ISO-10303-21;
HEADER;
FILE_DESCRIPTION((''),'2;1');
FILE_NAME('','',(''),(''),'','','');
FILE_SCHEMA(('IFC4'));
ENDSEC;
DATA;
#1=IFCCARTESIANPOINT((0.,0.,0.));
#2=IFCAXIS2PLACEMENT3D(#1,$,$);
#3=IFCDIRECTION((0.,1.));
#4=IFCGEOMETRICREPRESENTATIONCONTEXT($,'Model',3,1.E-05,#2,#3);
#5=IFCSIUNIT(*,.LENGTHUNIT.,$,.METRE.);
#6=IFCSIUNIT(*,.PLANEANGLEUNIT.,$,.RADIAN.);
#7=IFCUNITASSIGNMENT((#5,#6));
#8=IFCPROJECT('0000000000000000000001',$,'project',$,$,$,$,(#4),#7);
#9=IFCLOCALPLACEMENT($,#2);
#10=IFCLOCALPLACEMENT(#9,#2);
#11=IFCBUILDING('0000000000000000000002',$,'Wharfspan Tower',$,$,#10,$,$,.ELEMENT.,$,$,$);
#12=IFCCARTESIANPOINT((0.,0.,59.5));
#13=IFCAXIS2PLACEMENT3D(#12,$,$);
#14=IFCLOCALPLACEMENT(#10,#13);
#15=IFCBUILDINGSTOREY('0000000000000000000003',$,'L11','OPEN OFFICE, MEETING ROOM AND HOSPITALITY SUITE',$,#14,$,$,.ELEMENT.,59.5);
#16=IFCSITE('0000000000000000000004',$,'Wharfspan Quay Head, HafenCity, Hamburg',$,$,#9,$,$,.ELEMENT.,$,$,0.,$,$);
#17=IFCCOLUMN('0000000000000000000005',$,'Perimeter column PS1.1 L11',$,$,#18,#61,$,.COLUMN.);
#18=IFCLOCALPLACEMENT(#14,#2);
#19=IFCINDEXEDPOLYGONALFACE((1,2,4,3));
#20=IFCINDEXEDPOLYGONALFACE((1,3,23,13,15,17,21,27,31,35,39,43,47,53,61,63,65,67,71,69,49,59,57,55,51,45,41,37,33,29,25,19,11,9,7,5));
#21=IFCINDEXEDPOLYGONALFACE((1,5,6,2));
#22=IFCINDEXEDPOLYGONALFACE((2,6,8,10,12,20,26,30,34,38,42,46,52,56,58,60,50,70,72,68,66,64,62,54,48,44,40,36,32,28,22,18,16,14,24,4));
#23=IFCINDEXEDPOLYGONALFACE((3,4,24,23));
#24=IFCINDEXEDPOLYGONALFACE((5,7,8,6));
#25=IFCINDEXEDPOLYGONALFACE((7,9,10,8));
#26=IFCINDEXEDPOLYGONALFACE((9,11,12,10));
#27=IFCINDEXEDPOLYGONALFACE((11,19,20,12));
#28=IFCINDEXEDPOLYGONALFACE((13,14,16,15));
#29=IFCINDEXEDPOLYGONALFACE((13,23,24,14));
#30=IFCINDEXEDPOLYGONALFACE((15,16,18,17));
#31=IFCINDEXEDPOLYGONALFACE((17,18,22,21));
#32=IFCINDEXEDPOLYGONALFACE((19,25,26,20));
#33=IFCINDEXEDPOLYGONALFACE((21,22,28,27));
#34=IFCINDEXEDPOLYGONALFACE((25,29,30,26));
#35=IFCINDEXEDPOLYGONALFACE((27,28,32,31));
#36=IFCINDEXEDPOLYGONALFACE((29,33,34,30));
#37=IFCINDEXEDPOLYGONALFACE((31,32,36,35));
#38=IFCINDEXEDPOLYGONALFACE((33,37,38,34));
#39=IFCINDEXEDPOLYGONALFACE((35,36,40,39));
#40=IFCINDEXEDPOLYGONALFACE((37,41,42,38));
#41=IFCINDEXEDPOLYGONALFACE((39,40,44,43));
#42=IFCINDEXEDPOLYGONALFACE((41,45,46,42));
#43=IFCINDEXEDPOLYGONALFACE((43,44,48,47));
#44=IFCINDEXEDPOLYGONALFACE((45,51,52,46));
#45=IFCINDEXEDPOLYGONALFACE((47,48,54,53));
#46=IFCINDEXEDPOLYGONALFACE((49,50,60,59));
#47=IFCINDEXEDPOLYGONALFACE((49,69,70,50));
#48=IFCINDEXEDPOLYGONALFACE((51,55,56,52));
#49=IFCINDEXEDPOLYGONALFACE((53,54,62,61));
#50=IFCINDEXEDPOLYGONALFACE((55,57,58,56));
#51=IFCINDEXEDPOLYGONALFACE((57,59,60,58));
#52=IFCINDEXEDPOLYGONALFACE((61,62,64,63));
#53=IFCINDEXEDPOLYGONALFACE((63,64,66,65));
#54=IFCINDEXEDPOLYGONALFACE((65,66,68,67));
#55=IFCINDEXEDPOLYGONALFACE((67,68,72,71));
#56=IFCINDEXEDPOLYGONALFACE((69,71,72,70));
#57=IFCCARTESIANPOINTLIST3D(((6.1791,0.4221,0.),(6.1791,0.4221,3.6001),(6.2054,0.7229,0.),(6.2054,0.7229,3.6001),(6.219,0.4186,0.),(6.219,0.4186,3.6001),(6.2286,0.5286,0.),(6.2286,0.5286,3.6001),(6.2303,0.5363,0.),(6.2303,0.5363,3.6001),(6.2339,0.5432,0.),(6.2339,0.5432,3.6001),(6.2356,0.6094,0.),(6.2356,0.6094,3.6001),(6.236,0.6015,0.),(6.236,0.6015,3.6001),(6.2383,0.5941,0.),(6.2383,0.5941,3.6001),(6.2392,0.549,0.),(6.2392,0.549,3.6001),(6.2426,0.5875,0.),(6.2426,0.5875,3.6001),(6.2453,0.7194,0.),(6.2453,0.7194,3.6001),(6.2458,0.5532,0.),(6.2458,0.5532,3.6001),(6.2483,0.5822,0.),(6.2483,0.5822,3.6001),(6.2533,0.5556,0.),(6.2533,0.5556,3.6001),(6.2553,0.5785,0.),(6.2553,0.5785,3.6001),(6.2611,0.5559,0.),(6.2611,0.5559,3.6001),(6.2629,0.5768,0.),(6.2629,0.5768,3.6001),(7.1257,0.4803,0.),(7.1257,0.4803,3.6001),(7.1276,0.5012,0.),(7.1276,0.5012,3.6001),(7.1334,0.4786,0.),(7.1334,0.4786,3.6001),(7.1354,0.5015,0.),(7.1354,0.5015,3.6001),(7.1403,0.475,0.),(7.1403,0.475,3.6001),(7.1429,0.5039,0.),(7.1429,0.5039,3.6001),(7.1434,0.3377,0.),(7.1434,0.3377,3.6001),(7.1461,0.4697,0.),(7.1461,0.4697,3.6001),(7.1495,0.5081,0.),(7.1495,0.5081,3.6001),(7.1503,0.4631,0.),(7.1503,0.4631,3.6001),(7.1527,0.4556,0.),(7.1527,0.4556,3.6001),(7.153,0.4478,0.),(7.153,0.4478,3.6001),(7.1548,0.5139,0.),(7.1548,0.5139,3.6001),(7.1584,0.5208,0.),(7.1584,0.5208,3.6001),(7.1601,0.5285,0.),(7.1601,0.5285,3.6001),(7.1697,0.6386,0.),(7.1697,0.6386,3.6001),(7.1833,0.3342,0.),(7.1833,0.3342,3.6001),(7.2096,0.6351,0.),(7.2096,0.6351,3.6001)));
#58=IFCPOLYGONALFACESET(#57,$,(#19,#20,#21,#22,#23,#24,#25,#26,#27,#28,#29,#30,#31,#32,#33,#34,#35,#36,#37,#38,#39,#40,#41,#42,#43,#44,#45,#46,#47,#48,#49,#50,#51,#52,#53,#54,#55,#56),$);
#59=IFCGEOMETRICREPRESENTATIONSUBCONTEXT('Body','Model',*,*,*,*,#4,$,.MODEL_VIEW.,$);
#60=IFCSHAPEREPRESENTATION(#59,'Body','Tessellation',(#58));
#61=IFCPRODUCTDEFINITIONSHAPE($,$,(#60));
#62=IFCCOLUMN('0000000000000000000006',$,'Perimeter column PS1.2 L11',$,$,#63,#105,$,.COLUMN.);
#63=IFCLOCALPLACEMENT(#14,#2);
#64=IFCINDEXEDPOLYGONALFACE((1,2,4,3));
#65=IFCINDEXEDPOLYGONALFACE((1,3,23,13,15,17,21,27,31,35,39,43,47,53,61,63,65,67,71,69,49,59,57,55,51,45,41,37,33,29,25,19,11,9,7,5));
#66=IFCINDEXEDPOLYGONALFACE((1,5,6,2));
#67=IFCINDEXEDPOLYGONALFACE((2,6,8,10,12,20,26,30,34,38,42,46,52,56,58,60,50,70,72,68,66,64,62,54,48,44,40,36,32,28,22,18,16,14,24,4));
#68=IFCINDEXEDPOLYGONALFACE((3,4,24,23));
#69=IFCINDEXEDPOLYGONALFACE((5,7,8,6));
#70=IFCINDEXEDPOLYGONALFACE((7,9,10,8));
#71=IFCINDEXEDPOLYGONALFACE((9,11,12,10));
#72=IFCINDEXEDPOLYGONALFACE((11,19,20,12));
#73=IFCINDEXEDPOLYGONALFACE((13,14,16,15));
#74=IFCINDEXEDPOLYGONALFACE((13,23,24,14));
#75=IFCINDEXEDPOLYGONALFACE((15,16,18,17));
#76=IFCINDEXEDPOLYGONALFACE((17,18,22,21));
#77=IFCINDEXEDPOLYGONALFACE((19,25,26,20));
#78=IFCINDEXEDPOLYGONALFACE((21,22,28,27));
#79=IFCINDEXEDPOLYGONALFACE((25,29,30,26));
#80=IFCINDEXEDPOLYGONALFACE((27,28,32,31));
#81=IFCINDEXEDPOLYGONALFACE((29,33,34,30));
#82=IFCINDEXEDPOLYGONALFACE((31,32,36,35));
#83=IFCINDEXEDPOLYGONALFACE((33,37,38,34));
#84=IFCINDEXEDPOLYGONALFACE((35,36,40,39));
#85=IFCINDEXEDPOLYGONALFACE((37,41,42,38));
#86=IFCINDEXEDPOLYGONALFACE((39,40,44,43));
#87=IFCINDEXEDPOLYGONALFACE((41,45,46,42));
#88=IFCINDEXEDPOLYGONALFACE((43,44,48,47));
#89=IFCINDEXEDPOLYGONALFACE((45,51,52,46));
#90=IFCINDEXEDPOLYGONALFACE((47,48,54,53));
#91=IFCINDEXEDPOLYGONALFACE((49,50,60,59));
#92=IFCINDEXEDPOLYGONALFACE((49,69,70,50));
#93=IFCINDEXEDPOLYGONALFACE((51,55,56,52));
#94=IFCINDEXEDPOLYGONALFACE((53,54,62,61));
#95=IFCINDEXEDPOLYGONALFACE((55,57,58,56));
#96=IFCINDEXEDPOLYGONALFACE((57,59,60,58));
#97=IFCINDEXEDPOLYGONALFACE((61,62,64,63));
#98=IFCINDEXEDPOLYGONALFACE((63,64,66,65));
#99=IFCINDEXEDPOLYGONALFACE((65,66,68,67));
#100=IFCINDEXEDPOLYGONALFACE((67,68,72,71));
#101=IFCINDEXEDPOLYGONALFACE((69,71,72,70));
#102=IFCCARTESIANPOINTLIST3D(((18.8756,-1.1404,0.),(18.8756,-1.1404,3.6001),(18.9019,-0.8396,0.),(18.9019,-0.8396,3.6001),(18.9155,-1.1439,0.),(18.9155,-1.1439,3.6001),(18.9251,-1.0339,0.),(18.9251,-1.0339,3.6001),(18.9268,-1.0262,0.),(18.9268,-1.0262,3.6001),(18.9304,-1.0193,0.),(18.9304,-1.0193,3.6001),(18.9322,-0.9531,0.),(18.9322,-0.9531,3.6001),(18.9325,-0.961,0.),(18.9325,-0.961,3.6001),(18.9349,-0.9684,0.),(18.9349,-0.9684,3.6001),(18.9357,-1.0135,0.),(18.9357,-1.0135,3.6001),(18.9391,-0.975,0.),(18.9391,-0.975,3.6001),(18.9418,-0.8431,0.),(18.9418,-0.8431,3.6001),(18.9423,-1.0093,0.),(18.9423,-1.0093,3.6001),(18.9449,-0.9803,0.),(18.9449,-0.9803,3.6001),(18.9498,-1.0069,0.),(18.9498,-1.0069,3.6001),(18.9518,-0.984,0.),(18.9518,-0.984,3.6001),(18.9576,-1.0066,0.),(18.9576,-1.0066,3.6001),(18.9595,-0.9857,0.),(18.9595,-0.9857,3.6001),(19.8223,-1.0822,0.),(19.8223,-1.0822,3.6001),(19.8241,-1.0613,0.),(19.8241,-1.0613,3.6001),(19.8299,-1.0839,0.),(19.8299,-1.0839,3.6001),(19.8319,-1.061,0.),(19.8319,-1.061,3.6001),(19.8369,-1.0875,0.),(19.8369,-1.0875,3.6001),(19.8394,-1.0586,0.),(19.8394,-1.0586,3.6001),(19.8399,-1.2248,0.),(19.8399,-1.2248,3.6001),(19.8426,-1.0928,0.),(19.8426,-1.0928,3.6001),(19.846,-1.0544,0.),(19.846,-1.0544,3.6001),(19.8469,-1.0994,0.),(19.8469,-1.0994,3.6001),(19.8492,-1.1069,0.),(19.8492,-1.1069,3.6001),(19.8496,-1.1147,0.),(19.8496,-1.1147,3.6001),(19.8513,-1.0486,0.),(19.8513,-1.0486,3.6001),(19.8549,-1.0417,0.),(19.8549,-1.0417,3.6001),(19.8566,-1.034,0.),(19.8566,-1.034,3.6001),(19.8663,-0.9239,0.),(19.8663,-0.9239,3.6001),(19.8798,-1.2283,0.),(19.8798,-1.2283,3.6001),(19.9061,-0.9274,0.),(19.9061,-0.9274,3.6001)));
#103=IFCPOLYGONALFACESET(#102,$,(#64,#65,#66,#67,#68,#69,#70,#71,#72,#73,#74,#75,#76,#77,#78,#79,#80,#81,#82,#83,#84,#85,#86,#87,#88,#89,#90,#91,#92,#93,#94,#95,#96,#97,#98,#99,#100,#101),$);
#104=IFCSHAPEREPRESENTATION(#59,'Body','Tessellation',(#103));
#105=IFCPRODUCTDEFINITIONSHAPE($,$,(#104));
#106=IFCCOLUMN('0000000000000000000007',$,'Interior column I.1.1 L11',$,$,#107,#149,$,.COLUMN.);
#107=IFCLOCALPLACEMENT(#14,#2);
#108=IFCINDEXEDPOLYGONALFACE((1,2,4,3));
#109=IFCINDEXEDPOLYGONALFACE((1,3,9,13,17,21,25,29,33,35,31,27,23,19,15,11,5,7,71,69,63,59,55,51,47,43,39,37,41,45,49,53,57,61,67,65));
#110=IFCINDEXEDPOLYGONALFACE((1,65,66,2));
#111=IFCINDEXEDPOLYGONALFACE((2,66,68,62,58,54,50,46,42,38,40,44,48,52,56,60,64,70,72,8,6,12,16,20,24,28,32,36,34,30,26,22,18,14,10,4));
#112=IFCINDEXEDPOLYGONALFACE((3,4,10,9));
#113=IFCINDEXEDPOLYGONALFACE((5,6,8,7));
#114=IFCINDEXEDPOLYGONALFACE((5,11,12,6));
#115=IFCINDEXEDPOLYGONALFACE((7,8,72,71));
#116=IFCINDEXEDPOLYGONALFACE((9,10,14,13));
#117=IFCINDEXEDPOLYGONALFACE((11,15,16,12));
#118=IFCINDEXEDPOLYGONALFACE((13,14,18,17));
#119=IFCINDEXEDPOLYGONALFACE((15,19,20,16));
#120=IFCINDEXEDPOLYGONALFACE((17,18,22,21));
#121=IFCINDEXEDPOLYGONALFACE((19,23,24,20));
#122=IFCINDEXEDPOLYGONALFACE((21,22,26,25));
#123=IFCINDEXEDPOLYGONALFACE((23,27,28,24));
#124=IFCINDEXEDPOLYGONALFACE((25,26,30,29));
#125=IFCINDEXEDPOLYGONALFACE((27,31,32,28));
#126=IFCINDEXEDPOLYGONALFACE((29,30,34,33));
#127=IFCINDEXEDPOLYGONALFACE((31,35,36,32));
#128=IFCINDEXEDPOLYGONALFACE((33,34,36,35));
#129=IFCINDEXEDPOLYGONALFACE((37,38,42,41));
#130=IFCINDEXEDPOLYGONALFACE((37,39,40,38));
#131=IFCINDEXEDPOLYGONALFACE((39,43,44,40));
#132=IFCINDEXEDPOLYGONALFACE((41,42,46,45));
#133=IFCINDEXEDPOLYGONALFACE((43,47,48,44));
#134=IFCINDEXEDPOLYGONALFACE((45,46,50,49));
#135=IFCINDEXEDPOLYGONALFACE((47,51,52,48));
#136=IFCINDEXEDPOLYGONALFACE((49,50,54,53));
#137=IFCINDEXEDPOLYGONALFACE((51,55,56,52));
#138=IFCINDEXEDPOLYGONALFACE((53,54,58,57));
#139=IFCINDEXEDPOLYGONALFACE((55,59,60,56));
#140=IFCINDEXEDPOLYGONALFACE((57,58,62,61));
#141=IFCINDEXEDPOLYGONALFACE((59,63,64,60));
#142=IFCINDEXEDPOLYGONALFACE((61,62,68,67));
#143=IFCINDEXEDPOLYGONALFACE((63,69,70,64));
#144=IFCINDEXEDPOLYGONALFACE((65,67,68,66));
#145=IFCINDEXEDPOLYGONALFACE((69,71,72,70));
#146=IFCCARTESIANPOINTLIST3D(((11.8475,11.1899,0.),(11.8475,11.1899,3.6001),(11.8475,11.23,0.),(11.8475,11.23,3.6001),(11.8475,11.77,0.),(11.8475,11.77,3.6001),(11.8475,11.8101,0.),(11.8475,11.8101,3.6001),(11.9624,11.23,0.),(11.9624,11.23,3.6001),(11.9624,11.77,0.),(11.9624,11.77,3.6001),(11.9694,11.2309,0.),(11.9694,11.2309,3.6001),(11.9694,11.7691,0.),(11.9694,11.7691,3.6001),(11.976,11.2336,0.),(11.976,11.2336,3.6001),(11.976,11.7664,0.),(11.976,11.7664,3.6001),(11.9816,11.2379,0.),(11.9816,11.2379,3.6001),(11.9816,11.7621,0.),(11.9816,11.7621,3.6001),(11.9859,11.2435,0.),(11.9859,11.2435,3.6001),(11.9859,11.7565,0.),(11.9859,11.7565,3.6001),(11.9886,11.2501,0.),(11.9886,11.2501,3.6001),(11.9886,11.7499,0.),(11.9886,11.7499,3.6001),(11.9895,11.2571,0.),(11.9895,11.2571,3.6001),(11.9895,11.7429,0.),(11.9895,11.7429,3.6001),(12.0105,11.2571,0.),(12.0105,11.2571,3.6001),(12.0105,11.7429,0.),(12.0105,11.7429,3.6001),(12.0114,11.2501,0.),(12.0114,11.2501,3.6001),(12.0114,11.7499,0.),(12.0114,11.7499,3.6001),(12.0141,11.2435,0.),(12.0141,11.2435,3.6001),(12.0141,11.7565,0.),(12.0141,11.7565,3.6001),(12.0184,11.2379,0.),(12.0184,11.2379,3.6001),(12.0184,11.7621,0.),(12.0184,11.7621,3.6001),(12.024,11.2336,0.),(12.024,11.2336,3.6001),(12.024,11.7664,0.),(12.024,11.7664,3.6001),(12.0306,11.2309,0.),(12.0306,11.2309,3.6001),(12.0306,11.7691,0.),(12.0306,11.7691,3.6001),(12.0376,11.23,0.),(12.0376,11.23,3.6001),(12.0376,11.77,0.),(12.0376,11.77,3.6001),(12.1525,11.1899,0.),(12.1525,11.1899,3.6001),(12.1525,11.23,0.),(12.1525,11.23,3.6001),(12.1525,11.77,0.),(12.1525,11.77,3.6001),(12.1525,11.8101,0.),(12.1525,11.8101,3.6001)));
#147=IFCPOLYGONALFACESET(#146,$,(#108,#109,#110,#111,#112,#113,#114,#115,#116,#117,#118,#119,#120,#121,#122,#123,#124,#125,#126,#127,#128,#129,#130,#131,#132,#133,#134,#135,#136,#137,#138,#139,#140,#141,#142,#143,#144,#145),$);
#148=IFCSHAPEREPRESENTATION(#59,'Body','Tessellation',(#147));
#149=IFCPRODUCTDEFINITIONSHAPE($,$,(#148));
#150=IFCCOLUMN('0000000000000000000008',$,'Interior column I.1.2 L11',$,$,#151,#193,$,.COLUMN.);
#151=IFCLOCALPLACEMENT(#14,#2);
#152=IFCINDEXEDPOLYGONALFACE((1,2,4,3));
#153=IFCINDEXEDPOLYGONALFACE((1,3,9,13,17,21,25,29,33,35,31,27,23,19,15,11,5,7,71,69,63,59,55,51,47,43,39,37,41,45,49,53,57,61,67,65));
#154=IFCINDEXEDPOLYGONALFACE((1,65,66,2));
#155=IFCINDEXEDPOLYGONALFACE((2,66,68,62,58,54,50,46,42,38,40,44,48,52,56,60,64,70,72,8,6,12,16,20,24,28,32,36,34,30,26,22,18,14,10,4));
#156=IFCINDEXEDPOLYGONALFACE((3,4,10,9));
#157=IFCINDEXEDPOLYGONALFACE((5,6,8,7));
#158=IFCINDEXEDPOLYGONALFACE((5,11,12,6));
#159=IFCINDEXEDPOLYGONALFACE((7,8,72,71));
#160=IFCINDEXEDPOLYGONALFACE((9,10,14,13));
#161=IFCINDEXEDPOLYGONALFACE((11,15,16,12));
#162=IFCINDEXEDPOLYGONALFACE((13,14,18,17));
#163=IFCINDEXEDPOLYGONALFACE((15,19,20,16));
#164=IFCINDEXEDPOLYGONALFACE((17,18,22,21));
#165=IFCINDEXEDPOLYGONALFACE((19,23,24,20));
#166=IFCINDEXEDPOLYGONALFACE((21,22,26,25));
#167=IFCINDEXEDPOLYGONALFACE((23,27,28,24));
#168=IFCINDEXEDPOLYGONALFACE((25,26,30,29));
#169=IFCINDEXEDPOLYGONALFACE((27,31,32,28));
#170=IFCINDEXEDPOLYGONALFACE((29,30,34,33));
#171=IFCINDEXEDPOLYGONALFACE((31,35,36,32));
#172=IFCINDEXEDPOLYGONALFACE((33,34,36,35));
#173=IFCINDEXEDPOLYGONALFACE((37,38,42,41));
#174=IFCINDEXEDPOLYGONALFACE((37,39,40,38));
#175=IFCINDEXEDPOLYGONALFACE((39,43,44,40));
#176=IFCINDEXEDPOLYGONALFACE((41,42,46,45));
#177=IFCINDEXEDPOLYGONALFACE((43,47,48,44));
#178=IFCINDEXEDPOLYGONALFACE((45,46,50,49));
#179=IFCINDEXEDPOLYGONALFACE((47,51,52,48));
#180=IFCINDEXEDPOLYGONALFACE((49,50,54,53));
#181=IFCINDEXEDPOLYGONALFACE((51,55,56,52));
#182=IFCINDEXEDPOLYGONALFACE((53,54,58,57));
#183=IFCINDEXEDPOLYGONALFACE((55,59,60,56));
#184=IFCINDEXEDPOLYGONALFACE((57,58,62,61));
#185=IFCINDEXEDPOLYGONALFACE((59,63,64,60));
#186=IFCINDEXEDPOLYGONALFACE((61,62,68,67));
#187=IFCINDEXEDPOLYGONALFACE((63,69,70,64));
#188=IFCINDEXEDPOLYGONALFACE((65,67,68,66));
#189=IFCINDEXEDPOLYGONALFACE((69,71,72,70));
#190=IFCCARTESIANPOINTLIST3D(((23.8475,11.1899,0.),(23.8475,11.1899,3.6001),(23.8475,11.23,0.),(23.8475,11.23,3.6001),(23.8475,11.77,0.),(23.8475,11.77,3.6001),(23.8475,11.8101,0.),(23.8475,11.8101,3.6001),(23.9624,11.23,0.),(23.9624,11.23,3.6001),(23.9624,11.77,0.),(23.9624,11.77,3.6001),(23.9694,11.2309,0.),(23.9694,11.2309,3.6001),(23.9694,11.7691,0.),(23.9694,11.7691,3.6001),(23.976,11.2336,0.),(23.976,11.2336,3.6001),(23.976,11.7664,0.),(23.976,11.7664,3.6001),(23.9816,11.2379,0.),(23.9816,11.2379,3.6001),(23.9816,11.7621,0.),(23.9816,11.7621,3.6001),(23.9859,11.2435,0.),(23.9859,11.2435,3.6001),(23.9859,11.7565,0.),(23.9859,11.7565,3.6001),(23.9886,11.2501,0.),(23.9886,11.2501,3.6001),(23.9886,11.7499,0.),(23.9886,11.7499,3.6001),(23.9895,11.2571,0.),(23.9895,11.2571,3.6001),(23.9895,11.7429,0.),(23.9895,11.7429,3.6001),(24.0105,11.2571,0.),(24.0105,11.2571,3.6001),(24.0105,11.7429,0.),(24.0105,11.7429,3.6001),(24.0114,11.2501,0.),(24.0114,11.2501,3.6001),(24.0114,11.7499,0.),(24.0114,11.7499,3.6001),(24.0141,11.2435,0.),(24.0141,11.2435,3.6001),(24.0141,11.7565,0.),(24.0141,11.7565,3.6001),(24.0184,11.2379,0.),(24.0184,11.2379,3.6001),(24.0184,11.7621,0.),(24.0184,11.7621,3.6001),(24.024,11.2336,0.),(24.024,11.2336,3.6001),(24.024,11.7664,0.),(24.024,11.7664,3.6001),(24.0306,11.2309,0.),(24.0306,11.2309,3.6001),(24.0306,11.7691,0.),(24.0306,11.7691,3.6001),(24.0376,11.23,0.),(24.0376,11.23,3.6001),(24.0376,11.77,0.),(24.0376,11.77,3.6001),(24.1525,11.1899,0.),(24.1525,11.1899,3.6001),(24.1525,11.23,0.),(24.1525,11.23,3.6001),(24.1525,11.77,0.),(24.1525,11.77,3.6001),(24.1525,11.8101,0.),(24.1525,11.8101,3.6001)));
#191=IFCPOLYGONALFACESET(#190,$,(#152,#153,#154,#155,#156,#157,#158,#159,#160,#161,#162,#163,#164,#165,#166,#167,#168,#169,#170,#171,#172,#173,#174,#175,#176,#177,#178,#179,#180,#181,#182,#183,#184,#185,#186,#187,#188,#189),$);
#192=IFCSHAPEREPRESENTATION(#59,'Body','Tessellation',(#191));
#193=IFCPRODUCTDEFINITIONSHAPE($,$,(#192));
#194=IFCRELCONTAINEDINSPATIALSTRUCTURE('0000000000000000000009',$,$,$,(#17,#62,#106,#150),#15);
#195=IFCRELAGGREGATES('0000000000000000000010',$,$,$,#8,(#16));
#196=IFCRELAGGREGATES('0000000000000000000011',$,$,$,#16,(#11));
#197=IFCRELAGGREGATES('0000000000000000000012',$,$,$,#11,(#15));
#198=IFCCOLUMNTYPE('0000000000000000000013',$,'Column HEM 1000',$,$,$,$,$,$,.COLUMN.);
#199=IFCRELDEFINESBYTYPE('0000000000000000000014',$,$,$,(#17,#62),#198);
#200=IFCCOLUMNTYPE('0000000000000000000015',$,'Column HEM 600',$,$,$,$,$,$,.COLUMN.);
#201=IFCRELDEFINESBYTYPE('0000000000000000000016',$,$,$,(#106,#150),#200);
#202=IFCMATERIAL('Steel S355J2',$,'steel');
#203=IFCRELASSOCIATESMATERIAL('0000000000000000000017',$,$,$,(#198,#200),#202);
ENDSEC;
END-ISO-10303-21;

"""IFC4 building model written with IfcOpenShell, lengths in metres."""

from ifc_helpers import new_model, si_unit, direction, frame, origin, origin_2d, place, context, subcontext, project, spatial, i_section, extrude, material, material_profile, profile_set, type_object, element, save


model = new_model("IFC4")

# Units and contexts
model_context = context("Model", 3, precision=1e-05, world=origin(), true_north=direction((0.0, 1.0)))
body_context = subcontext(model_context, "Body", "Model", "MODEL_VIEW")
ifc_project = project(units=[si_unit("LENGTHUNIT", "METRE"), si_unit("PLANEANGLEUNIT", "RADIAN")], contexts=[model_context])

# Site, building, storey
site_placement = place(None, origin())
site = spatial("IfcSite", under=ifc_project, at=site_placement, Name="Wharfspan Quay Head, HafenCity, Hamburg", CompositionType="ELEMENT", RefElevation=0.0)
building_placement = place(site_placement, origin())
building = spatial("IfcBuilding", under=site, at=building_placement, Name="Wharfspan Tower", CompositionType="ELEMENT")
storey_placement = place(building_placement, frame((0.0, 0.0, 59.5)))
storey = spatial("IfcBuildingStorey", under=building, at=storey_placement, Name="L11", Description="OPEN OFFICE, MEETING ROOM AND HOSPITALITY SUITE", CompositionType="ELEMENT", Elevation=59.5)

# Columns
ifc_material_1 = material(Name="Steel S355J2", Category="steel")
ifc_material_profile_1 = material_profile(ifc_material_1, i_section(OverallWidth=0.302, OverallDepth=1.0081, WebThickness=0.021, FlangeThickness=0.04, FilletRadius=0.03, at=origin_2d()))
ifc_profile_set_1 = profile_set([ifc_material_profile_1], Name="Steel S355J2")
column_type_1 = type_object("IfcColumnType", Name="Column HEM 1000", PredefinedType="COLUMN", material=ifc_profile_set_1)
for number, where, z_axis, x_axis, name in (
    (1, (6.6943, 0.5286, 0.0), (0.0, 0.0, 1.0), (-0.087156, -0.996198, 0.0), "Perimeter column PS1.1 L11"),
    (2, (19.3909, -1.0339, 0.0), (0.0, 0.0, 1.0), (-0.087156, -0.996198, 0.0), "Perimeter column PS1.2 L11"),
):
    element("IfcColumn", number, at=place(storey_placement, frame(where, z_axis=z_axis, x_axis=x_axis)), inside=storey, type_object=column_type_1, Name=name, PredefinedType="COLUMN", context=body_context, shape_type="SweptSolid", body=[
        extrude(i_section(OverallWidth=0.302, OverallDepth=1.0081, WebThickness=0.021, FlangeThickness=0.04, FilletRadius=0.03, at=origin_2d()), origin(), (0.0, 0.0, 1.0), 3.6001),
    ])
ifc_material_profile_2 = material_profile(ifc_material_1, i_section(OverallWidth=0.3049, OverallDepth=0.6201, WebThickness=0.021, FlangeThickness=0.04, FilletRadius=0.0271, at=origin_2d()))
ifc_profile_set_2 = profile_set([ifc_material_profile_2], Name="Steel S355J2")
column_type_2 = type_object("IfcColumnType", Name="Column HEM 600", PredefinedType="COLUMN", material=ifc_profile_set_2)
for number, where, z_axis, x_axis, name in (
    (3, (12.0, 11.5, 0.0), (0.0, 0.0, 1.0), (1.0, 0.0, 0.0), "Interior column I.1.1 L11"),
    (4, (24.0, 11.5, 0.0), (0.0, 0.0, 1.0), (1.0, 0.0, 0.0), "Interior column I.1.2 L11"),
):
    element("IfcColumn", number, at=place(storey_placement, frame(where, z_axis=z_axis, x_axis=x_axis)), inside=storey, type_object=column_type_2, Name=name, PredefinedType="COLUMN", context=body_context, shape_type="SweptSolid", body=[
        extrude(i_section(OverallWidth=0.3049, OverallDepth=0.6201, WebThickness=0.021, FlangeThickness=0.04, FilletRadius=0.0271, at=origin_2d()), origin(), (0.0, 0.0, 1.0), 3.6001),
    ])

save(model, "model.ifc")
